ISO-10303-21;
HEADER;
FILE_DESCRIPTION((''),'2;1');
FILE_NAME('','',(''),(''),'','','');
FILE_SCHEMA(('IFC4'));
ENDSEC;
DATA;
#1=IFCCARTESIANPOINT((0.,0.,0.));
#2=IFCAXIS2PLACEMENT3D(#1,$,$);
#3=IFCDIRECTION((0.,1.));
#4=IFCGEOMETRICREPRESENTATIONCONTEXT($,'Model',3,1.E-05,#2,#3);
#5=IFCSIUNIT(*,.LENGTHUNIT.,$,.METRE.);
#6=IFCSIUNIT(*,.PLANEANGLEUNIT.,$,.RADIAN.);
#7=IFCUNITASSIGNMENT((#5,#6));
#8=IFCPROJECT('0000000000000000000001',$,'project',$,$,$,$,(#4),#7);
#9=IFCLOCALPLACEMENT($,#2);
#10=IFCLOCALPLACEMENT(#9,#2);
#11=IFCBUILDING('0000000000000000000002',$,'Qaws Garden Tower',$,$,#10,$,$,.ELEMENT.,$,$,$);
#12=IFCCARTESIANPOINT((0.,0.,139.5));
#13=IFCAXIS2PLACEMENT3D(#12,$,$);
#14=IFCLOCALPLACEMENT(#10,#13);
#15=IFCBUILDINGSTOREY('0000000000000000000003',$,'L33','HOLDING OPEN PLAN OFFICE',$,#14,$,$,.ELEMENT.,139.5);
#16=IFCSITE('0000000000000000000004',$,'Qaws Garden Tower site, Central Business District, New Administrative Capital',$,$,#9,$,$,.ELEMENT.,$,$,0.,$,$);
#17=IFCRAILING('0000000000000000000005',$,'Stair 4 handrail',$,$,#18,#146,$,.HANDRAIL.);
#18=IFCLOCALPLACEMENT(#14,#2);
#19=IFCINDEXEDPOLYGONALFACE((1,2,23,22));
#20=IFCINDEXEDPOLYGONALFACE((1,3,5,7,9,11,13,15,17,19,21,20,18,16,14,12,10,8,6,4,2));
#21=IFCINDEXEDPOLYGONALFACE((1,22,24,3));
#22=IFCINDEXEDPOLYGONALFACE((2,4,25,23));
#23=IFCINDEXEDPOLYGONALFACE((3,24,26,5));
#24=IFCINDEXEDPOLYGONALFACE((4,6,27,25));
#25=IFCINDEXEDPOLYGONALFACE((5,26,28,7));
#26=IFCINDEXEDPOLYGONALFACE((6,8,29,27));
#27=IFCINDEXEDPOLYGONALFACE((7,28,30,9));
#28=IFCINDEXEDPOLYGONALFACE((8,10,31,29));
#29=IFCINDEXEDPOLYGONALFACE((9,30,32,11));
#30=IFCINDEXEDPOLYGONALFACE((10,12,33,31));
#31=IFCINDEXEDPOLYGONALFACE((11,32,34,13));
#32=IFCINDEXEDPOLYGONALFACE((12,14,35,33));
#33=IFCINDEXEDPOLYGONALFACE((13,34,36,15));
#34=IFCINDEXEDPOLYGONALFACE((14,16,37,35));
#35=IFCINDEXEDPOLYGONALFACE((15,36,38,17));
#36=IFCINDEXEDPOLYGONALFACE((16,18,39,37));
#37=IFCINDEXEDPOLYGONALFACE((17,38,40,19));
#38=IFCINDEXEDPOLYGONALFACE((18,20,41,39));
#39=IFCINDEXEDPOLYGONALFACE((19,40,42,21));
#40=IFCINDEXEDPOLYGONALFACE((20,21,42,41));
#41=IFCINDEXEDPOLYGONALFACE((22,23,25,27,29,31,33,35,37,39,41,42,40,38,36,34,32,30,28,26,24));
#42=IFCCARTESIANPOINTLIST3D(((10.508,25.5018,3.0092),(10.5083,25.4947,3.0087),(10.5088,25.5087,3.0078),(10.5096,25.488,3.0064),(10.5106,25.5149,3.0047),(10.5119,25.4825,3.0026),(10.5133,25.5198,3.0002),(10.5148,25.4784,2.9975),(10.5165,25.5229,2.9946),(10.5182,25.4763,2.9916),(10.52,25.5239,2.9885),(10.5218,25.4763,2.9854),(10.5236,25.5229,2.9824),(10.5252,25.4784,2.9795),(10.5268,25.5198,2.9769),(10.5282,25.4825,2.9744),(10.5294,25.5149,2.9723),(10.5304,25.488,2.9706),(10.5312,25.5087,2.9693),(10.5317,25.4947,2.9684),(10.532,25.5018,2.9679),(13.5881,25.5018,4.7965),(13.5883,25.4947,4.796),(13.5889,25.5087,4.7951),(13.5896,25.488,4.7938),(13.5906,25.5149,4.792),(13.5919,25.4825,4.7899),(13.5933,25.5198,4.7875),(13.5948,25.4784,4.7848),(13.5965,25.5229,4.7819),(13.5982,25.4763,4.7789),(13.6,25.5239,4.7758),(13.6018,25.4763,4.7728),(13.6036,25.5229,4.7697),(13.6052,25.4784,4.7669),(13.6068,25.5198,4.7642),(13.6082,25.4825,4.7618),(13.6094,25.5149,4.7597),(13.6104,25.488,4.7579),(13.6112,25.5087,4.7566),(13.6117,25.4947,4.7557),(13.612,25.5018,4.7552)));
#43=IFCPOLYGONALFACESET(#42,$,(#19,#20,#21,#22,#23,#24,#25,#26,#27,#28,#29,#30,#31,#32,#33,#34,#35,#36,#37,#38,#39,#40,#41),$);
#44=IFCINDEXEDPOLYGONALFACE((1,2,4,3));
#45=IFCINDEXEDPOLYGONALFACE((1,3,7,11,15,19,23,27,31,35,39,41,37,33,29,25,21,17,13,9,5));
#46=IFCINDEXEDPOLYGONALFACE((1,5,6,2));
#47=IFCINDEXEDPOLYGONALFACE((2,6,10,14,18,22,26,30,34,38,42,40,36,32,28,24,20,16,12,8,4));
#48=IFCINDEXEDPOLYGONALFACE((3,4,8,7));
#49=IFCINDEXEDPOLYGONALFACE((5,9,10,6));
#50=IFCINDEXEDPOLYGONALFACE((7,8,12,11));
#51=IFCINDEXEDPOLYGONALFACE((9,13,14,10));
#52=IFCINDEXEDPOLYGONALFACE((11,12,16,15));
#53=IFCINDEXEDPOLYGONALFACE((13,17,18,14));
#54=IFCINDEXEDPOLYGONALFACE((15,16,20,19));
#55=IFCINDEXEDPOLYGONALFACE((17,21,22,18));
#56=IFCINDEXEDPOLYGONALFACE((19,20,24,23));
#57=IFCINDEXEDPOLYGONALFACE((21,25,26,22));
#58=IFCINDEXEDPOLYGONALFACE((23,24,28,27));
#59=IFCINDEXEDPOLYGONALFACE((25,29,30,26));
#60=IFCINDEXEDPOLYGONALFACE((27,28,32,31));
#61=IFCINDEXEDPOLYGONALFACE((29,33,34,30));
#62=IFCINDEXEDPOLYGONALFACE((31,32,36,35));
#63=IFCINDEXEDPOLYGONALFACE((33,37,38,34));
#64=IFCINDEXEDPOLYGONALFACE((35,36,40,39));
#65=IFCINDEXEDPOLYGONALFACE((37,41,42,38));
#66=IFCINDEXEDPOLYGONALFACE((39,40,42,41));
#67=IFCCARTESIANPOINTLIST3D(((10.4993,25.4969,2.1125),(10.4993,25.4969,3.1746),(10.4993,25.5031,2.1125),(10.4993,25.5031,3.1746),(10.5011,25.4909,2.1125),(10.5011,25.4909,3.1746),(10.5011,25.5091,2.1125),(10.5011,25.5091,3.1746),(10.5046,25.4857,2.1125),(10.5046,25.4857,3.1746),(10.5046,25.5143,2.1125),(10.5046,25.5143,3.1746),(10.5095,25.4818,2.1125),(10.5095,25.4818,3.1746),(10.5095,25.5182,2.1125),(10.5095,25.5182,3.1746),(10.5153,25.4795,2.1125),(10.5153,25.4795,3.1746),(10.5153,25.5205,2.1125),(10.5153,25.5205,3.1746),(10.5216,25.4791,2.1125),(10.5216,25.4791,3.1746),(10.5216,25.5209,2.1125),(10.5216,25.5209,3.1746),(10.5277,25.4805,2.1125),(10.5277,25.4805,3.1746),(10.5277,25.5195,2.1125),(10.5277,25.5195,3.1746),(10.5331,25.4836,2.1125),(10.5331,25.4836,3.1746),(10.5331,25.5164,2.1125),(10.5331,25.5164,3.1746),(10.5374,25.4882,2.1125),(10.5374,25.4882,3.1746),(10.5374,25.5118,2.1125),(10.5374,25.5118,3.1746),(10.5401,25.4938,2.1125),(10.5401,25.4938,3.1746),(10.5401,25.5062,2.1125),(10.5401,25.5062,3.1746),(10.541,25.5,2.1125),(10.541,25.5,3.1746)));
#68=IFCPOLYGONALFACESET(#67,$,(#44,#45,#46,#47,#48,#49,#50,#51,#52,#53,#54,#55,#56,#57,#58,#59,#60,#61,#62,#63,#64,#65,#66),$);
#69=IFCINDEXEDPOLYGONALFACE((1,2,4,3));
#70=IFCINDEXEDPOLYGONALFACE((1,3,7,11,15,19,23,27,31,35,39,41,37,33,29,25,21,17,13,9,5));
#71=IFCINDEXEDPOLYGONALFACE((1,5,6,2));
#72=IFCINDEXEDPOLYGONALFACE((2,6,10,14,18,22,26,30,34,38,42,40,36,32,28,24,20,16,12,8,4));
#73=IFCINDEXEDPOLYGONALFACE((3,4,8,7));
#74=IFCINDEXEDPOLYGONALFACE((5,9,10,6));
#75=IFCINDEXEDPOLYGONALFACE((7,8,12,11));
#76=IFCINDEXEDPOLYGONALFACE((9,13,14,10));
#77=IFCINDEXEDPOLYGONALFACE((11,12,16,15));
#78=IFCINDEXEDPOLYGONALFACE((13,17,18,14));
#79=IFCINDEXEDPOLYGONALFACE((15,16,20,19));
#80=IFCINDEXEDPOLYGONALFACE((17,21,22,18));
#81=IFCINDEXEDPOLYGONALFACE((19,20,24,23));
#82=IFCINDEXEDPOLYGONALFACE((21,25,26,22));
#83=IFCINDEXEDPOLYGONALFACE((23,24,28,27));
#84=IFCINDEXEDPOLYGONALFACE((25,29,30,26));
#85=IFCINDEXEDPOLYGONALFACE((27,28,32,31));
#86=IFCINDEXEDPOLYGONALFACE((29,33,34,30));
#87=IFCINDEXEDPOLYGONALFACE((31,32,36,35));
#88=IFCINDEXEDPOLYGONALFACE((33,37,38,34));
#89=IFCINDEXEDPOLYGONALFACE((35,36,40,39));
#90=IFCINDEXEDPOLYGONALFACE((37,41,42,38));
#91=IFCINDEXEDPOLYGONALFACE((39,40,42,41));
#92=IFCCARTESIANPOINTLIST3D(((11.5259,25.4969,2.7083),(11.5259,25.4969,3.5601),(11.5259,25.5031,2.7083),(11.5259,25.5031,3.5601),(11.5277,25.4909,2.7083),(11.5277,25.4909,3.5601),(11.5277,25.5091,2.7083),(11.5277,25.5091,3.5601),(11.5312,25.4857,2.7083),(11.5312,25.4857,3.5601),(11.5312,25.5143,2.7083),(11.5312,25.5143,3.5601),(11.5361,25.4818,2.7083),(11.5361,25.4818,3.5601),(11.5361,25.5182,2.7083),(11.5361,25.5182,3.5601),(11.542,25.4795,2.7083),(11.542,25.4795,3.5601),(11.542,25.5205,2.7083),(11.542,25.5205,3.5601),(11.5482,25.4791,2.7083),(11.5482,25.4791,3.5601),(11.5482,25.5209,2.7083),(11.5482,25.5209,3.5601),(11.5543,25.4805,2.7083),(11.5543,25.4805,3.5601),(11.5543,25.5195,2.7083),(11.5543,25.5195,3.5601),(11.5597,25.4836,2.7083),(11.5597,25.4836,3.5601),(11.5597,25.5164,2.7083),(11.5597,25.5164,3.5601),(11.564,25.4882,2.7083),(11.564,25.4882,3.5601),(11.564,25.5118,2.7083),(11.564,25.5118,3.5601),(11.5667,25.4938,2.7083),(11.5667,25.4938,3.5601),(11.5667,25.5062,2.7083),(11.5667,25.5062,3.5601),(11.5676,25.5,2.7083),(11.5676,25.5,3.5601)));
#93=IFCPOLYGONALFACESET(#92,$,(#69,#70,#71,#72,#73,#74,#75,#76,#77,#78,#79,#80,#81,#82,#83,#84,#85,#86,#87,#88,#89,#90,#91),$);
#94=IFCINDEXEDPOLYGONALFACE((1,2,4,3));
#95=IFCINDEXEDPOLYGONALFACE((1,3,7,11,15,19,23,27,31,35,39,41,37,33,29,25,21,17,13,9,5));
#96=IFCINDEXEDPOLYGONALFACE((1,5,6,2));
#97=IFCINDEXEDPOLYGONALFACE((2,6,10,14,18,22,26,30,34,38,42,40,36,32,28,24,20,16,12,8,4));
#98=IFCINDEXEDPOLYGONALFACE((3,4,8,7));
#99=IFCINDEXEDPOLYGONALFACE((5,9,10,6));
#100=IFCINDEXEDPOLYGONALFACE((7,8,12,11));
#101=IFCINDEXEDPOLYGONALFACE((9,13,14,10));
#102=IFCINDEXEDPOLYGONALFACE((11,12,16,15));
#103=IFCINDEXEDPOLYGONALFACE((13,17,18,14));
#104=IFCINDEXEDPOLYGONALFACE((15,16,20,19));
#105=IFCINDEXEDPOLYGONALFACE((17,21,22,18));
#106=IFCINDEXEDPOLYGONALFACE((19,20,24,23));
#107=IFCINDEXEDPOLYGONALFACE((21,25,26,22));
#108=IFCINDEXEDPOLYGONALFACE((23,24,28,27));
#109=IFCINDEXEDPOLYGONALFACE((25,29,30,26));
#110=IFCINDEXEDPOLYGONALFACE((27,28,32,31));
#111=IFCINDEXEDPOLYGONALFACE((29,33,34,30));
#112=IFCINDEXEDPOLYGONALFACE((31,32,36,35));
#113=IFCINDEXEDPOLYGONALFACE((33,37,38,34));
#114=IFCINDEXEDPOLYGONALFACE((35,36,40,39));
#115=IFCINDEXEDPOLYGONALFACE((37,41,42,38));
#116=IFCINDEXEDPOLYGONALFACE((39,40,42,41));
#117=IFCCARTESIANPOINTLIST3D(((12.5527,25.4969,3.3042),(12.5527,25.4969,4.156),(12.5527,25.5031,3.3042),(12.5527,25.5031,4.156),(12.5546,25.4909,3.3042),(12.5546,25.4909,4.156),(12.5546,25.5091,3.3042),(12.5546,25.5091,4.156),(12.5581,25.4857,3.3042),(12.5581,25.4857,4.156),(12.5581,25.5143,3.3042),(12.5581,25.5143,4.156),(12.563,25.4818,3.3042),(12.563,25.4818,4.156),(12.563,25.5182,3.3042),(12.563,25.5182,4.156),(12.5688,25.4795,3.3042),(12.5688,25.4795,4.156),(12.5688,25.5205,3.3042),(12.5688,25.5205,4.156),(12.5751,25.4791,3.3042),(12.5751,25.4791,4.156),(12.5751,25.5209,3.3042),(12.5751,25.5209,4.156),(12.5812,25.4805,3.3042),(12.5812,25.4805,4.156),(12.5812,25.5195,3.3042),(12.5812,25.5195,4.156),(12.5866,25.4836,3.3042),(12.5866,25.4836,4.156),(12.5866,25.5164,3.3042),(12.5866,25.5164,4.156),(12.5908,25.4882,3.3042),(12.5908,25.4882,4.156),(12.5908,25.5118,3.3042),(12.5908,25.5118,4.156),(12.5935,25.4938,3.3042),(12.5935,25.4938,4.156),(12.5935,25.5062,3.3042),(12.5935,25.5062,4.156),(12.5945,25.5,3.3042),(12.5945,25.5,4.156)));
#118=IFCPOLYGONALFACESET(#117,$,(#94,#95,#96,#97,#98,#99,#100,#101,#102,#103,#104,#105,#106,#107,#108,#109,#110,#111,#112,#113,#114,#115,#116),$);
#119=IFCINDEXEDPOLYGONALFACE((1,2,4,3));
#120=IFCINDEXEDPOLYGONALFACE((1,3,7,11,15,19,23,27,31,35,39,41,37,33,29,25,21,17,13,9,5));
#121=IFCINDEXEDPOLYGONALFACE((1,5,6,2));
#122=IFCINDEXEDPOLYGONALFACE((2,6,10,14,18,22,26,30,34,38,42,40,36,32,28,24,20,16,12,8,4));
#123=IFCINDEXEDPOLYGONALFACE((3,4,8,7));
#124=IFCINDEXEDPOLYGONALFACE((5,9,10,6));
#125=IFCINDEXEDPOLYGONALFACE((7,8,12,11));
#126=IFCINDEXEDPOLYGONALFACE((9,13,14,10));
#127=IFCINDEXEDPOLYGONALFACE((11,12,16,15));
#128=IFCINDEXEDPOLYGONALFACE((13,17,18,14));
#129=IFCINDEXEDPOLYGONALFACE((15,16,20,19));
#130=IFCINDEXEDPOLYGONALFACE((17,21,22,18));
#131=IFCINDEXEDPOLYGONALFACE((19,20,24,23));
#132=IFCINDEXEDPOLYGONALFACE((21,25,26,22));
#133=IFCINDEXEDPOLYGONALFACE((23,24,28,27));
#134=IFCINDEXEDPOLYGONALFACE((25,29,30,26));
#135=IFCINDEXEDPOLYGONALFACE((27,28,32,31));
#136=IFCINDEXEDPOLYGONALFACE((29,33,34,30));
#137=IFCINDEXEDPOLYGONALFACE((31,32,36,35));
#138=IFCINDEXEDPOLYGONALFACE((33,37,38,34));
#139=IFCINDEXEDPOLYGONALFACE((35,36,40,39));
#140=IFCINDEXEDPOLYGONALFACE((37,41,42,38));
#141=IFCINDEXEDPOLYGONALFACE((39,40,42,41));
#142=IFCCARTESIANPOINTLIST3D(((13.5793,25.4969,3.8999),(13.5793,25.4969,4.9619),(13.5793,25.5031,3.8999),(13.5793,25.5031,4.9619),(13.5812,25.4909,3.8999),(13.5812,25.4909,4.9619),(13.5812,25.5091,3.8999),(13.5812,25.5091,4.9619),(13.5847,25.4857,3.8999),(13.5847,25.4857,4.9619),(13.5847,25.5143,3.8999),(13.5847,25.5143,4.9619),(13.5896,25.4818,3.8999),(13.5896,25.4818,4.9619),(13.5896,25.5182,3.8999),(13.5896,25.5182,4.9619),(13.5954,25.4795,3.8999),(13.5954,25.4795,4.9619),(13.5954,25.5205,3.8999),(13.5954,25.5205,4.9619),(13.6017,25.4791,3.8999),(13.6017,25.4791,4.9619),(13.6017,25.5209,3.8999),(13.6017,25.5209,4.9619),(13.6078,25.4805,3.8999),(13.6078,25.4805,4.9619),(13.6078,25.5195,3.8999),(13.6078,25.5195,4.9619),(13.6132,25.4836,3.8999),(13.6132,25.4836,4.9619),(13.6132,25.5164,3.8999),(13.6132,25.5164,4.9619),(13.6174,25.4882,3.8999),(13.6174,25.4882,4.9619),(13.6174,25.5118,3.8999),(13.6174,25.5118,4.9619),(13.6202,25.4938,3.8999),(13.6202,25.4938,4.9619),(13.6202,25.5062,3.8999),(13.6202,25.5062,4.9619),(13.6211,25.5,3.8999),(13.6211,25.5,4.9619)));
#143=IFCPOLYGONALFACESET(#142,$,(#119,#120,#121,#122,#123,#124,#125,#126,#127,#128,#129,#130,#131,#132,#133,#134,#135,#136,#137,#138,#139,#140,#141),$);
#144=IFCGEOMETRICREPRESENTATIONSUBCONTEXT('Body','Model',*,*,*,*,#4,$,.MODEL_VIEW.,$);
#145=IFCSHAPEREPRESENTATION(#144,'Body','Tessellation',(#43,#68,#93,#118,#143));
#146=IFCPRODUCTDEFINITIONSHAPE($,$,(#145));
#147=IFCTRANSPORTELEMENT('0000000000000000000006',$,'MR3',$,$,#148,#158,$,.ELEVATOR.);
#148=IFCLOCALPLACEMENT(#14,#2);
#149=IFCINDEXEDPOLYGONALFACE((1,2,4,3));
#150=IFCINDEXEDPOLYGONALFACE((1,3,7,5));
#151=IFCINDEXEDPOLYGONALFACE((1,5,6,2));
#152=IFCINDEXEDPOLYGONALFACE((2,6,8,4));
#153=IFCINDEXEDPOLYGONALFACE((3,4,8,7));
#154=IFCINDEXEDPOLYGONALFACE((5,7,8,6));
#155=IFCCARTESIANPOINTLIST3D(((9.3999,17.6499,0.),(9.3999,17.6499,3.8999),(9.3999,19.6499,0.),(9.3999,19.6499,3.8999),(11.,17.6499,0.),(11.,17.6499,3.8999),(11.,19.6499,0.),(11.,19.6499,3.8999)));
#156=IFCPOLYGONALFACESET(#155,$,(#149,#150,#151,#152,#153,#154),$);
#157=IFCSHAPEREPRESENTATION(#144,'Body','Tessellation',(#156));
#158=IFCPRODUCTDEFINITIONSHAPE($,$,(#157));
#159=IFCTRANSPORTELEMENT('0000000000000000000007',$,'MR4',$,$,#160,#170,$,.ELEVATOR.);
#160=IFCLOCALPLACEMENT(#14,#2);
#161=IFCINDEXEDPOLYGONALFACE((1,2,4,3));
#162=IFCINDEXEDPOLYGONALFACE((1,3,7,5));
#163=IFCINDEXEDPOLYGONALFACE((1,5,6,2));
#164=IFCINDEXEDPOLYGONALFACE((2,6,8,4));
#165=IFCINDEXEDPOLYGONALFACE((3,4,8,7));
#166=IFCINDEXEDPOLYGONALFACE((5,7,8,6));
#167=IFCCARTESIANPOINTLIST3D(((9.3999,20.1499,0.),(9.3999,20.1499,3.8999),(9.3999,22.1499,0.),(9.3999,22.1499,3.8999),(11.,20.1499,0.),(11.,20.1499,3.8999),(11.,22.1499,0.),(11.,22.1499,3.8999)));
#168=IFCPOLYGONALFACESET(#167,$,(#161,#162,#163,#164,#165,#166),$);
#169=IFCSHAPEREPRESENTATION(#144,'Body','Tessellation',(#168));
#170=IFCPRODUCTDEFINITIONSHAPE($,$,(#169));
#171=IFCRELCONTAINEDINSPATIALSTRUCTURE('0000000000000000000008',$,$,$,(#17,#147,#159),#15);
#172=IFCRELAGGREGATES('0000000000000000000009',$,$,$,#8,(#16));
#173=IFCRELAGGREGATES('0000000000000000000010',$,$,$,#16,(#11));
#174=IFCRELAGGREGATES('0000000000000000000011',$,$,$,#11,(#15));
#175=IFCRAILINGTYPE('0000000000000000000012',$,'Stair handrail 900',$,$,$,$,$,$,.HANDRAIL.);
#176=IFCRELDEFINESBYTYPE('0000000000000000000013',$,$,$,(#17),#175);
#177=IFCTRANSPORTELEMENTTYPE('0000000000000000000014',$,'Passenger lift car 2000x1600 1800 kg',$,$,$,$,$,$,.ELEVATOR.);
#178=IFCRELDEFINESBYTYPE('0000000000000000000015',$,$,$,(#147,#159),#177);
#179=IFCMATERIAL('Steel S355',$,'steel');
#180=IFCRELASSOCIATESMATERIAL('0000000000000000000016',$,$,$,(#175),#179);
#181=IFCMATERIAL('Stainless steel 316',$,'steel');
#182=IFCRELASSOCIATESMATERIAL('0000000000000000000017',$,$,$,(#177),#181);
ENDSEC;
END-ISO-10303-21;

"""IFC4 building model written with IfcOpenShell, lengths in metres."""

from ifc_helpers import new_model, si_unit, direction, frame, origin, origin_2d, place, context, subcontext, project, spatial, rectangle, circle, extrude, material, type_object, element, save


model = new_model("IFC4")

# Units and contexts
model_context = context("Model", 3, precision=1e-05, world=origin(), true_north=direction((0.0, 1.0)))
body_context = subcontext(model_context, "Body", "Model", "MODEL_VIEW")
ifc_project = project(units=[si_unit("LENGTHUNIT", "METRE"), si_unit("PLANEANGLEUNIT", "RADIAN")], contexts=[model_context])

# Site, building, storey
site_placement = place(None, origin())
site = spatial("IfcSite", under=ifc_project, at=site_placement, Name="Qaws Garden Tower site, Central Business District, New Administrative Capital", CompositionType="ELEMENT", RefElevation=0.0)
building_placement = place(site_placement, origin())
building = spatial("IfcBuilding", under=site, at=building_placement, Name="Qaws Garden Tower", CompositionType="ELEMENT")
storey_placement = place(building_placement, frame((0.0, 0.0, 139.5)))
storey = spatial("IfcBuildingStorey", under=building, at=storey_placement, Name="L33", Description="HOLDING OPEN PLAN OFFICE", CompositionType="ELEMENT", Elevation=139.5)

# Railing
ifc_material_1 = material(Name="Steel S355", Category="steel")
railing_type = type_object("IfcRailingType", Name="Stair handrail 900", PredefinedType="HANDRAIL", material=ifc_material_1)
railing_1_placement = place(storey_placement, frame((10.52, 25.5, 2.1125)))
element("IfcRailing", 1, at=railing_1_placement, inside=storey, type_object=railing_type, Name="Stair 4 handrail", PredefinedType="HANDRAIL", context=body_context, shape_type="SweptSolid", body=[
    extrude(circle(Radius=0.0239, at=origin_2d()), frame((0.0, 0.0, 0.876), z_axis=(0.86492, 0.0, 0.501909), x_axis=(0.0, 1.0, 0.0)), (0.0, 0.0, 1.0), 3.561),
    extrude(circle(Radius=0.021, at=origin_2d()), origin(), (0.0, 0.0, 1.0), 1.062),
    extrude(circle(Radius=0.021, at=origin_2d()), frame((1.0266, 0.0, 0.5957)), (0.0, 0.0, 1.0), 0.8518),
    extrude(circle(Radius=0.021, at=origin_2d()), frame((2.0535, 0.0, 1.1917)), (0.0, 0.0, 1.0), 0.8518),
    extrude(circle(Radius=0.021, at=origin_2d()), frame((3.0801, 0.0, 1.7874)), (0.0, 0.0, 1.0), 1.062),
])

# Transport elements
ifc_material_2 = material(Name="Stainless steel 316", Category="steel")
transport_element_type = type_object("IfcTransportElementType", Name="Passenger lift car 2000x1600 1800 kg", PredefinedType="ELEVATOR", material=ifc_material_2)
for number, where, z_axis, x_axis, name in (
    (2, (10.2, 18.6499, 0.0), (0.0, 0.0, 1.0), (1.0, 0.0, 0.0), "MR3"),
    (3, (10.2, 21.1499, 0.0), (0.0, 0.0, 1.0), (1.0, 0.0, 0.0), "MR4"),
):
    element("IfcTransportElement", number, at=place(storey_placement, frame(where, z_axis=z_axis, x_axis=x_axis)), inside=storey, type_object=transport_element_type, Name=name, PredefinedType="ELEVATOR", context=body_context, shape_type="SweptSolid", body=[
        extrude(rectangle(XDim=1.6001, YDim=2.0, at=origin_2d()), origin(), (0.0, 0.0, 1.0), 3.8999),
    ])

save(model, "model.ifc")
